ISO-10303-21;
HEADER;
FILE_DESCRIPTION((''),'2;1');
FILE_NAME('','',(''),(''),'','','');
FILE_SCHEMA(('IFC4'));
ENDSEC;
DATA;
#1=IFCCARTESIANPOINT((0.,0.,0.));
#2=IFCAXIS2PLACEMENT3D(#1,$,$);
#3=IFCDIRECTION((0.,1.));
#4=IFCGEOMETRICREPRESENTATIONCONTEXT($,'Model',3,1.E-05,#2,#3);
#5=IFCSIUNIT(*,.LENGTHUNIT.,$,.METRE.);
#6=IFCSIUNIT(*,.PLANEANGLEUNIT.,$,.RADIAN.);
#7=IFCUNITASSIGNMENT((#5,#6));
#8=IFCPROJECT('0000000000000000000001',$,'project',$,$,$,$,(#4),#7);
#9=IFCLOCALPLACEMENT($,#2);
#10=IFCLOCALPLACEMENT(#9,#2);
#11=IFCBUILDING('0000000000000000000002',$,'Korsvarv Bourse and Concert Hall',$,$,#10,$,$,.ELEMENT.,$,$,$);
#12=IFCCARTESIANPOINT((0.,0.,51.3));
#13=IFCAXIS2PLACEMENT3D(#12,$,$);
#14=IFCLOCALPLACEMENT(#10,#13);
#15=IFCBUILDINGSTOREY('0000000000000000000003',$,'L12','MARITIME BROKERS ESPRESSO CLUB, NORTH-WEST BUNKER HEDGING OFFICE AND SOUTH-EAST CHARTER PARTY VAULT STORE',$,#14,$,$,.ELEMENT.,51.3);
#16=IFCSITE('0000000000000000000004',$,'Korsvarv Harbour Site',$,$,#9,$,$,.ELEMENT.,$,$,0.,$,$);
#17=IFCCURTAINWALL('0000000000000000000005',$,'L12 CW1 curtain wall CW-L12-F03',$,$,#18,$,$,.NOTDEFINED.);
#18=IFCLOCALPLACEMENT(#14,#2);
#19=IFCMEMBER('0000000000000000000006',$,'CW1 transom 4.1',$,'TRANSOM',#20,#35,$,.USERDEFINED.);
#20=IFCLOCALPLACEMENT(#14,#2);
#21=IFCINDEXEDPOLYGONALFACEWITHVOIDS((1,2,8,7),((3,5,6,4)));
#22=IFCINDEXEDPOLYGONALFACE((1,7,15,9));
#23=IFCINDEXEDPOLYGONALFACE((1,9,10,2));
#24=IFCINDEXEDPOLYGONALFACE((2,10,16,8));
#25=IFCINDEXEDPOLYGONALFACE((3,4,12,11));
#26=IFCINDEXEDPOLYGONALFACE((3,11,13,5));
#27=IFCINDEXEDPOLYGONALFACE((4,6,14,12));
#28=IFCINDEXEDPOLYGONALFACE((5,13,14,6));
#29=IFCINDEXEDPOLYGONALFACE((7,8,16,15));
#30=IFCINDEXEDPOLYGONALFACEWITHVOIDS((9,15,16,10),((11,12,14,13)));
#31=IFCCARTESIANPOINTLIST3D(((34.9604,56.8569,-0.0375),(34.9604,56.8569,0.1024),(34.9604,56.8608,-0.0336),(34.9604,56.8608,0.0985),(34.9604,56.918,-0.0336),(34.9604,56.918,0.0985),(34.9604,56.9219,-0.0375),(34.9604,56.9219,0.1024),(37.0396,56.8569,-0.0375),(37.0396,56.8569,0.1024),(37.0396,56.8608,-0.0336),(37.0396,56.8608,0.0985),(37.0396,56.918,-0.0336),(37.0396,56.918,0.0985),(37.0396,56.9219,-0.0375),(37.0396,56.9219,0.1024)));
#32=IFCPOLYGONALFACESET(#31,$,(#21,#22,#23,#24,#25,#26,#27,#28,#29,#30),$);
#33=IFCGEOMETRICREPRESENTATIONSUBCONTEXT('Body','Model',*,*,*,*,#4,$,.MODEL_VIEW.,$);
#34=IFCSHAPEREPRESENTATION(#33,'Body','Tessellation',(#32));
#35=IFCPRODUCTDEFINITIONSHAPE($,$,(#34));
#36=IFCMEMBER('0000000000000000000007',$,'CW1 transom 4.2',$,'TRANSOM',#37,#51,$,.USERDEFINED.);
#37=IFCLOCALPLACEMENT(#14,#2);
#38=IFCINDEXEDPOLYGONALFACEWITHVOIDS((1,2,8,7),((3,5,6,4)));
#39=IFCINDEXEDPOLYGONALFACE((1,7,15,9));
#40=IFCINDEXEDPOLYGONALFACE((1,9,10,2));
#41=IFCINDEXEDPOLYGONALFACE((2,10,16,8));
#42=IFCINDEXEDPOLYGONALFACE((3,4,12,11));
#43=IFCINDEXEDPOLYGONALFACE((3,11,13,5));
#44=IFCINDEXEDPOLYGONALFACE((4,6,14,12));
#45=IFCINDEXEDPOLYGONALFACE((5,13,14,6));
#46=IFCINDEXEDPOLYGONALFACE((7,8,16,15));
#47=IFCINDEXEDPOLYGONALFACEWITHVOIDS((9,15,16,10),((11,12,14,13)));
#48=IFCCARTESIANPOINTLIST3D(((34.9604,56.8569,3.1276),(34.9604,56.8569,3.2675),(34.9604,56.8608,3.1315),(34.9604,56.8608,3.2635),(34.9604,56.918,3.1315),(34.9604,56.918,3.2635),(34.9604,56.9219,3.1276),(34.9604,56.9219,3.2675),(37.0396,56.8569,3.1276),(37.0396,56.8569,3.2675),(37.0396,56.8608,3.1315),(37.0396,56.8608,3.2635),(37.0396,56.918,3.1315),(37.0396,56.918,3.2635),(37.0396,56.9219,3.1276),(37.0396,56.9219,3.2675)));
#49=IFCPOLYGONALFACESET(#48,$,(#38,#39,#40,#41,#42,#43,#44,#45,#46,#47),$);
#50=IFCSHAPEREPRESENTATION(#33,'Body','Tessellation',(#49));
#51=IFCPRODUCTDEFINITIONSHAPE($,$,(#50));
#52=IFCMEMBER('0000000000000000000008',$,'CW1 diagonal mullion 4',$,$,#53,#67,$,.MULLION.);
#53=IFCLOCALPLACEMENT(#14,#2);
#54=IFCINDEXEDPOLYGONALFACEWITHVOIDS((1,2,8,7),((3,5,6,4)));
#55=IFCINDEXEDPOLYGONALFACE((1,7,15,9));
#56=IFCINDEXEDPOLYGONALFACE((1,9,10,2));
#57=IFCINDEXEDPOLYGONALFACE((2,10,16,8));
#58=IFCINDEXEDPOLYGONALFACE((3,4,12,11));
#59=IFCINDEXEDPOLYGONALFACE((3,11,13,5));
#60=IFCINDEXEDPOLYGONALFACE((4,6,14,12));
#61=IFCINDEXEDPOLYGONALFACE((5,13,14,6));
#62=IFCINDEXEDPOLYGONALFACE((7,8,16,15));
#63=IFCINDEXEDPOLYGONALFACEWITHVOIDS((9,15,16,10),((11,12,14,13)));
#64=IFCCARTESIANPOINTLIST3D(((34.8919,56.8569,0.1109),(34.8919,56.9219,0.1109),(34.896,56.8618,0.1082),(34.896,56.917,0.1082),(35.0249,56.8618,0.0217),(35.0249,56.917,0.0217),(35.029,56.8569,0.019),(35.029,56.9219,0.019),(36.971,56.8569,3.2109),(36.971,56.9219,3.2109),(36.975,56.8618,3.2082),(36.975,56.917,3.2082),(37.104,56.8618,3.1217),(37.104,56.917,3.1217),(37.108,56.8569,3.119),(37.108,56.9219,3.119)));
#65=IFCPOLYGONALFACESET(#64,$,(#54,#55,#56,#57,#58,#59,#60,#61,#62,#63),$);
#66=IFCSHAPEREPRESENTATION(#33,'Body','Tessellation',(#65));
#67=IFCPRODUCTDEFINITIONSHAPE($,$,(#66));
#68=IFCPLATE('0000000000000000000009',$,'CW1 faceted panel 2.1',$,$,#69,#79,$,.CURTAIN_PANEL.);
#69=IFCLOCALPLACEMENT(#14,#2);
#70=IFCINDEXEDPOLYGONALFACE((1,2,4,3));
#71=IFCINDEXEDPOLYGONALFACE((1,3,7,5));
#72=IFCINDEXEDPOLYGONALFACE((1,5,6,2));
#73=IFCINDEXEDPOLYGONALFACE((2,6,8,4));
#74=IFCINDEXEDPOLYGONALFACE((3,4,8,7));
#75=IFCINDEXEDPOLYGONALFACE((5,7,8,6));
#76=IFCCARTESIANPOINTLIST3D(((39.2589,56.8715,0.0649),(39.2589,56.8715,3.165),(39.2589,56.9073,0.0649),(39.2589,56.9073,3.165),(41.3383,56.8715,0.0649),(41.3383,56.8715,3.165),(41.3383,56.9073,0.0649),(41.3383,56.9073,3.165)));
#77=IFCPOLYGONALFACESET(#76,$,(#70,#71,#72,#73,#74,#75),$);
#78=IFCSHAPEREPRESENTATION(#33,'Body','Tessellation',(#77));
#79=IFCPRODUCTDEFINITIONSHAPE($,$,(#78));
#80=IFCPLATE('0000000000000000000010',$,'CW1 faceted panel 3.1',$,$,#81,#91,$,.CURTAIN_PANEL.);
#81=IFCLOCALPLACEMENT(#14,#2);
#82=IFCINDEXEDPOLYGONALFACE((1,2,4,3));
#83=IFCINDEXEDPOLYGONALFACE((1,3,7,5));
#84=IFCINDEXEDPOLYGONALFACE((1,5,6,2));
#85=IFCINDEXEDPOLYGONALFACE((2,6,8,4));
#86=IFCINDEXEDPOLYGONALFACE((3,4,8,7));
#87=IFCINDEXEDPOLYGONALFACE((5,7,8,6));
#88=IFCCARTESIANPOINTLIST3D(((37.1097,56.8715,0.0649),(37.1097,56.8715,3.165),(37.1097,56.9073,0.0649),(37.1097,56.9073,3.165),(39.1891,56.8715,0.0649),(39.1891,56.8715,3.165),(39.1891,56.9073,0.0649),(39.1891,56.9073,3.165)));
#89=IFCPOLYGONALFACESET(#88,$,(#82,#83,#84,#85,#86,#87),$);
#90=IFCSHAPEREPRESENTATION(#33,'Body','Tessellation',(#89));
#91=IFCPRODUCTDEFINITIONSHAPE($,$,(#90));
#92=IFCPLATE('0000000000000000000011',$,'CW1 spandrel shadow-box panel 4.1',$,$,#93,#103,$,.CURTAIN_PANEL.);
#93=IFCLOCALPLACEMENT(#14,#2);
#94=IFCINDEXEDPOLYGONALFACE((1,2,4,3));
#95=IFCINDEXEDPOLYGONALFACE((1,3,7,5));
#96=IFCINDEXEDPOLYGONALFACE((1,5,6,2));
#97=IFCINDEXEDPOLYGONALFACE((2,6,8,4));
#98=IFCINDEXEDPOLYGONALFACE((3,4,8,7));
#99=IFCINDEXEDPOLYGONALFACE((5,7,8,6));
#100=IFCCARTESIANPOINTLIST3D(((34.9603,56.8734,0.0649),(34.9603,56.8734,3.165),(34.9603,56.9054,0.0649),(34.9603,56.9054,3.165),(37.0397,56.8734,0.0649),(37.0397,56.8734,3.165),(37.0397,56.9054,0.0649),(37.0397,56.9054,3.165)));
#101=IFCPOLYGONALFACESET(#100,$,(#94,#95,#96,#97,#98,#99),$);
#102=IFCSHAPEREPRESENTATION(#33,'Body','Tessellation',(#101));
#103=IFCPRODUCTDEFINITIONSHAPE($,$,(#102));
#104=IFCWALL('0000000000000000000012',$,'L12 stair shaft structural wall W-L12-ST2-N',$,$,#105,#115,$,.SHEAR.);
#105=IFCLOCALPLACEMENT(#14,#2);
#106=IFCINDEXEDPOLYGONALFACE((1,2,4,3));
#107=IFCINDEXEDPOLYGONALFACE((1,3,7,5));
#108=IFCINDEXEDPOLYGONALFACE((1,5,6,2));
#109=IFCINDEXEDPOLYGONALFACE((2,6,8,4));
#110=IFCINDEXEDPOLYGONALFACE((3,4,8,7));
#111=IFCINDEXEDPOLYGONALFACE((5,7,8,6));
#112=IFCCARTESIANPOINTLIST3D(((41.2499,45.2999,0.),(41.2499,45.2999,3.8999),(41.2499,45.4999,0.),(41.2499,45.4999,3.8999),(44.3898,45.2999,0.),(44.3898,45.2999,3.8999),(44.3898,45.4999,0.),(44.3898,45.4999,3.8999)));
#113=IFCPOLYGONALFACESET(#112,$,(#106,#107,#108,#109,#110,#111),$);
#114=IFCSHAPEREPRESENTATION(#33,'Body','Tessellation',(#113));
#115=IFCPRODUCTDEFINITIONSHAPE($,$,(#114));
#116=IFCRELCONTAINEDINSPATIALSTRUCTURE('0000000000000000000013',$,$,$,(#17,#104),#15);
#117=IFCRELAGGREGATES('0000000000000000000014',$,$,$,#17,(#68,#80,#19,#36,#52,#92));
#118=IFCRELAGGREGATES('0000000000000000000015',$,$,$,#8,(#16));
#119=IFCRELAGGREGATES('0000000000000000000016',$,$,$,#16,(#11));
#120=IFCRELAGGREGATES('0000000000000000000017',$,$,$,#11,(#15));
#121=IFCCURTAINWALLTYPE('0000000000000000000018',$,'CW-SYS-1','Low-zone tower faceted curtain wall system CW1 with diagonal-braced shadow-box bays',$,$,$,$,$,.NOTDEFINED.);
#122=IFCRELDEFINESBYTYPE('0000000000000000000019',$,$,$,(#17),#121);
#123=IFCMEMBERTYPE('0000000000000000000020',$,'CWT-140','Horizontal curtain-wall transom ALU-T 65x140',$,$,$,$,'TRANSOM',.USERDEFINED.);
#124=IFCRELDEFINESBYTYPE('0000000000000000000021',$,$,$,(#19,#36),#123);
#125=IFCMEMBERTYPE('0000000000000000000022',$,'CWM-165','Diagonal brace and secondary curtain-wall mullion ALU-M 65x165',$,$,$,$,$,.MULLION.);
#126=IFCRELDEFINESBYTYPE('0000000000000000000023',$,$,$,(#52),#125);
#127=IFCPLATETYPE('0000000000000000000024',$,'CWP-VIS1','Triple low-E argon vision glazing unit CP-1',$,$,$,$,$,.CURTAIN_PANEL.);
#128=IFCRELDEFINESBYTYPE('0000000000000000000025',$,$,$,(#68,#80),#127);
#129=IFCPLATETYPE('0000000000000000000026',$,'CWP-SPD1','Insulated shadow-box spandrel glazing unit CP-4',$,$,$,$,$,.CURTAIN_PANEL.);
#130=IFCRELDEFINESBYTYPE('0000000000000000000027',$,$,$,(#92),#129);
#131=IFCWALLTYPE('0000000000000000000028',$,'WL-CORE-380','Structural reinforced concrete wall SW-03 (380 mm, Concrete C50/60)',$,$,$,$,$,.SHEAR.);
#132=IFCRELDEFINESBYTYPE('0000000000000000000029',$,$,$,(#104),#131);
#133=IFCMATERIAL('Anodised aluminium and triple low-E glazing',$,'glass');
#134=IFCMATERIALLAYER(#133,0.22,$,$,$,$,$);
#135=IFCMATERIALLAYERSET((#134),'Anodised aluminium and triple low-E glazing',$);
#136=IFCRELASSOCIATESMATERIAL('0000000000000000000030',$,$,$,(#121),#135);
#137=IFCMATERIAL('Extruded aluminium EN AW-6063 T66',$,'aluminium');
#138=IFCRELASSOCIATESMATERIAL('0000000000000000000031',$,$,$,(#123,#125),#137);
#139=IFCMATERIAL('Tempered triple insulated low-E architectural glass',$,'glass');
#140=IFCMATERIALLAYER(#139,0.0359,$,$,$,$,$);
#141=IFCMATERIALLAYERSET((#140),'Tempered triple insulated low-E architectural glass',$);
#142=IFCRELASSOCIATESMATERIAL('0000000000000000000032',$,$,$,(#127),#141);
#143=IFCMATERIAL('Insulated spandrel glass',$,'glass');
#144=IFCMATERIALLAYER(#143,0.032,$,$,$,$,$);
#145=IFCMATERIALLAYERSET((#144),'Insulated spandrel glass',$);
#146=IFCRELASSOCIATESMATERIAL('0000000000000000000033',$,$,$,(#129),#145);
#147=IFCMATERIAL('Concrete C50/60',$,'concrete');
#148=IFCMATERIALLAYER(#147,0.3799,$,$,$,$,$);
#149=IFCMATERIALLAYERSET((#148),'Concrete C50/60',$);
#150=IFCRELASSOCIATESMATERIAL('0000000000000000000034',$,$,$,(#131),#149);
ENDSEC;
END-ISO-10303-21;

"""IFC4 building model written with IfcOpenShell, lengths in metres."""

from ifc_helpers import new_model, si_unit, direction, frame, frame_2d, origin, origin_2d, place, context, subcontext, project, spatial, rectangle, hollow_rectangle, extrude, source, transform, mapped, material, layer, layer_set, material_profile, profile_set, type_object, element, aggregate, save


model = new_model("IFC4")

# Units and contexts
model_context = context("Model", 3, precision=1e-05, world=origin(), true_north=direction((0.0, 1.0)))
body_context = subcontext(model_context, "Body", "Model", "MODEL_VIEW")
ifc_project = project(units=[si_unit("LENGTHUNIT", "METRE"), si_unit("PLANEANGLEUNIT", "RADIAN")], contexts=[model_context])

# Site, building, storey
site_placement = place(None, origin())
site = spatial("IfcSite", under=ifc_project, at=site_placement, Name="Korsvarv Harbour Site", CompositionType="ELEMENT", RefElevation=0.0)
building_placement = place(site_placement, origin())
building = spatial("IfcBuilding", under=site, at=building_placement, Name="Korsvarv Bourse and Concert Hall", CompositionType="ELEMENT")
storey_placement = place(building_placement, frame((0.0, 0.0, 51.3)))
storey = spatial("IfcBuildingStorey", under=building, at=storey_placement, Name="L12", Description="MARITIME BROKERS ESPRESSO CLUB, NORTH-WEST BUNKER HEDGING OFFICE AND SOUTH-EAST CHARTER PARTY VAULT STORE", CompositionType="ELEMENT", Elevation=51.3)

# Curtain wall, members, plates
ifc_material_1 = material(Name="Anodised aluminium and triple low-E glazing", Category="glass")
ifc_layer_1 = layer(ifc_material_1, 0.22)
ifc_layer_set_1 = layer_set([ifc_layer_1], Name="Anodised aluminium and triple low-E glazing")
curtain_wall_type = type_object("IfcCurtainWallType", Name="CW-SYS-1", Description="Low-zone tower faceted curtain wall system CW1 with diagonal-braced shadow-box bays", PredefinedType="NOTDEFINED", material=ifc_layer_set_1)
curtain_wall_placement = place(storey_placement, origin())
curtain_wall = element("IfcCurtainWall", 1, at=curtain_wall_placement, inside=storey, type_object=curtain_wall_type, Name="L12 CW1 curtain wall CW-L12-F03", PredefinedType="NOTDEFINED")
ifc_material_2 = material(Name="Extruded aluminium EN AW-6063 T66", Category="aluminium")
ifc_material_profile_1 = material_profile(ifc_material_2, hollow_rectangle(XDim=0.0649, YDim=0.1399, WallThickness=0.0039, at=origin_2d()), Name="ALU-T 65x140")
ifc_profile_set_1 = profile_set([ifc_material_profile_1], Name="Extruded aluminium EN AW-6063 T66")
member_type_1 = type_object("IfcMemberType", Name="CWT-140", Description="Horizontal curtain-wall transom ALU-T 65x140", ElementType="TRANSOM", PredefinedType="USERDEFINED", material=ifc_profile_set_1)
shared_shape_1 = source(origin(), body_context, "Body", "SweptSolid", [
    extrude(hollow_rectangle(XDim=0.0649, YDim=0.1399, WallThickness=0.0039, at=origin_2d()), origin(), (0.0, 0.0, 1.0), 2.0791),
])
member_1_placement = place(storey_placement, frame((37.0396, 56.8894, 0.0325), z_axis=(-1.0, 0.0, 0.0), x_axis=(0.0, -1.0, 0.0)))
member_1 = element("IfcMember", 2, at=member_1_placement, type_object=member_type_1, Name="CW1 transom 4.1", ObjectType="TRANSOM", PredefinedType="USERDEFINED", context=body_context, shape_type="MappedRepresentation", body=[
    mapped(shared_shape_1, transform((0.0, 0.0, 0.0), scale=1.0)),
])
member_2_placement = place(storey_placement, frame((37.0396, 56.8894, 3.1975), z_axis=(-1.0, 0.0, 0.0), x_axis=(0.0, -1.0, 0.0)))
member_2 = element("IfcMember", 3, at=member_2_placement, type_object=member_type_1, Name="CW1 transom 4.2", ObjectType="TRANSOM", PredefinedType="USERDEFINED", context=body_context, shape_type="MappedRepresentation", body=[
    mapped(shared_shape_1, transform((0.0, 0.0, 0.0), scale=1.0)),
])
ifc_material_profile_2 = material_profile(ifc_material_2, hollow_rectangle(XDim=0.0649, YDim=0.165, WallThickness=0.0049, at=origin_2d()), Name="ALU-M 65x165")
ifc_profile_set_2 = profile_set([ifc_material_profile_2], Name="Extruded aluminium EN AW-6063 T66")
member_type_2 = type_object("IfcMemberType", Name="CWM-165", Description="Diagonal brace and secondary curtain-wall mullion ALU-M 65x165", PredefinedType="MULLION", material=ifc_profile_set_2)
shared_shape_2 = source(origin(), body_context, "Body", "SweptSolid", [
    extrude(hollow_rectangle(XDim=0.0649, YDim=0.165, WallThickness=0.0049, at=origin_2d()), origin(), (0.0, 0.0, 1.0), 3.7327),
])
member_3_placement = place(storey_placement, frame((34.9604, 56.8894, 0.0649), z_axis=(0.556992, 0.0, 0.830518), x_axis=(0.0, 1.0, 0.0)))
member_3 = element("IfcMember", 4, at=member_3_placement, type_object=member_type_2, Name="CW1 diagonal mullion 4", PredefinedType="MULLION", context=body_context, shape_type="MappedRepresentation", body=[
    mapped(shared_shape_2, transform((0.0, 0.0, 0.0), scale=1.0)),
])
ifc_material_3 = material(Name="Tempered triple insulated low-E architectural glass", Category="glass")
ifc_layer_2 = layer(ifc_material_3, 0.0359)
ifc_layer_set_2 = layer_set([ifc_layer_2], Name="Tempered triple insulated low-E architectural glass")
plate_type_1 = type_object("IfcPlateType", Name="CWP-VIS1", Description="Triple low-E argon vision glazing unit CP-1", PredefinedType="CURTAIN_PANEL", material=ifc_layer_set_2)
shared_shape_3 = source(origin(), body_context, "Body", "SweptSolid", [
    extrude(rectangle(XDim=2.0793, YDim=0.0359, at=origin_2d()), origin(), (0.0, 0.0, 1.0), 3.1001),
])
plate_1_placement = place(storey_placement, frame((40.2986, 56.8894, 0.0649), z_axis=(0.0, 0.0, 1.0), x_axis=(-1.0, 0.0, 0.0)))
plate_1 = element("IfcPlate", 5, at=plate_1_placement, type_object=plate_type_1, Name="CW1 faceted panel 2.1", PredefinedType="CURTAIN_PANEL", context=body_context, shape_type="MappedRepresentation", body=[
    mapped(shared_shape_3, transform((0.0, 0.0, 0.0), scale=1.0)),
])
plate_2_placement = place(storey_placement, frame((38.1494, 56.8894, 0.0649), z_axis=(0.0, 0.0, 1.0), x_axis=(-1.0, 0.0, 0.0)))
plate_2 = element("IfcPlate", 6, at=plate_2_placement, type_object=plate_type_1, Name="CW1 faceted panel 3.1", PredefinedType="CURTAIN_PANEL", context=body_context, shape_type="MappedRepresentation", body=[
    mapped(shared_shape_3, transform((0.0, 0.0, 0.0), scale=1.0)),
])
ifc_material_4 = material(Name="Insulated spandrel glass", Category="glass")
ifc_layer_3 = layer(ifc_material_4, 0.032)
ifc_layer_set_3 = layer_set([ifc_layer_3], Name="Insulated spandrel glass")
plate_type_2 = type_object("IfcPlateType", Name="CWP-SPD1", Description="Insulated shadow-box spandrel glazing unit CP-4", PredefinedType="CURTAIN_PANEL", material=ifc_layer_set_3)
shared_shape_4 = source(origin(), body_context, "Body", "SweptSolid", [
    extrude(rectangle(XDim=2.0793, YDim=0.032, at=origin_2d()), origin(), (0.0, 0.0, 1.0), 3.1001),
])
plate_3_placement = place(storey_placement, frame((36.0, 56.8894, 0.0649), z_axis=(0.0, 0.0, 1.0), x_axis=(-1.0, 0.0, 0.0)))
plate_3 = element("IfcPlate", 7, at=plate_3_placement, type_object=plate_type_2, Name="CW1 spandrel shadow-box panel 4.1", PredefinedType="CURTAIN_PANEL", context=body_context, shape_type="MappedRepresentation", body=[
    mapped(shared_shape_4, transform((0.0, 0.0, 0.0), scale=1.0)),
])
aggregate(curtain_wall, [plate_1, plate_2, member_1, member_2, member_3, plate_3])

# Wall
ifc_material_5 = material(Name="Concrete C50/60", Category="concrete")
ifc_layer_4 = layer(ifc_material_5, 0.3799)
ifc_layer_set_4 = layer_set([ifc_layer_4], Name="Concrete C50/60")
wall_type = type_object("IfcWallType", Name="WL-CORE-380", Description="Structural reinforced concrete wall SW-03 (380 mm, Concrete C50/60)", PredefinedType="SHEAR", material=ifc_layer_set_4)
wall_placement = place(storey_placement, frame((41.25, 45.3999, 0.0), z_axis=(0.0, 0.0, 1.0), x_axis=(1.0, 0.0, 0.0)))
element("IfcWall", 8, at=wall_placement, inside=storey, type_object=wall_type, Name="L12 stair shaft structural wall W-L12-ST2-N", PredefinedType="SHEAR", context=body_context, shape_type="SweptSolid", body=[
    extrude(rectangle(XDim=3.1399, YDim=0.2, at=frame_2d((1.5698, 0.0))), origin(), (0.0, 0.0, 1.0), 3.8999),
])

save(model, "model.ifc")
